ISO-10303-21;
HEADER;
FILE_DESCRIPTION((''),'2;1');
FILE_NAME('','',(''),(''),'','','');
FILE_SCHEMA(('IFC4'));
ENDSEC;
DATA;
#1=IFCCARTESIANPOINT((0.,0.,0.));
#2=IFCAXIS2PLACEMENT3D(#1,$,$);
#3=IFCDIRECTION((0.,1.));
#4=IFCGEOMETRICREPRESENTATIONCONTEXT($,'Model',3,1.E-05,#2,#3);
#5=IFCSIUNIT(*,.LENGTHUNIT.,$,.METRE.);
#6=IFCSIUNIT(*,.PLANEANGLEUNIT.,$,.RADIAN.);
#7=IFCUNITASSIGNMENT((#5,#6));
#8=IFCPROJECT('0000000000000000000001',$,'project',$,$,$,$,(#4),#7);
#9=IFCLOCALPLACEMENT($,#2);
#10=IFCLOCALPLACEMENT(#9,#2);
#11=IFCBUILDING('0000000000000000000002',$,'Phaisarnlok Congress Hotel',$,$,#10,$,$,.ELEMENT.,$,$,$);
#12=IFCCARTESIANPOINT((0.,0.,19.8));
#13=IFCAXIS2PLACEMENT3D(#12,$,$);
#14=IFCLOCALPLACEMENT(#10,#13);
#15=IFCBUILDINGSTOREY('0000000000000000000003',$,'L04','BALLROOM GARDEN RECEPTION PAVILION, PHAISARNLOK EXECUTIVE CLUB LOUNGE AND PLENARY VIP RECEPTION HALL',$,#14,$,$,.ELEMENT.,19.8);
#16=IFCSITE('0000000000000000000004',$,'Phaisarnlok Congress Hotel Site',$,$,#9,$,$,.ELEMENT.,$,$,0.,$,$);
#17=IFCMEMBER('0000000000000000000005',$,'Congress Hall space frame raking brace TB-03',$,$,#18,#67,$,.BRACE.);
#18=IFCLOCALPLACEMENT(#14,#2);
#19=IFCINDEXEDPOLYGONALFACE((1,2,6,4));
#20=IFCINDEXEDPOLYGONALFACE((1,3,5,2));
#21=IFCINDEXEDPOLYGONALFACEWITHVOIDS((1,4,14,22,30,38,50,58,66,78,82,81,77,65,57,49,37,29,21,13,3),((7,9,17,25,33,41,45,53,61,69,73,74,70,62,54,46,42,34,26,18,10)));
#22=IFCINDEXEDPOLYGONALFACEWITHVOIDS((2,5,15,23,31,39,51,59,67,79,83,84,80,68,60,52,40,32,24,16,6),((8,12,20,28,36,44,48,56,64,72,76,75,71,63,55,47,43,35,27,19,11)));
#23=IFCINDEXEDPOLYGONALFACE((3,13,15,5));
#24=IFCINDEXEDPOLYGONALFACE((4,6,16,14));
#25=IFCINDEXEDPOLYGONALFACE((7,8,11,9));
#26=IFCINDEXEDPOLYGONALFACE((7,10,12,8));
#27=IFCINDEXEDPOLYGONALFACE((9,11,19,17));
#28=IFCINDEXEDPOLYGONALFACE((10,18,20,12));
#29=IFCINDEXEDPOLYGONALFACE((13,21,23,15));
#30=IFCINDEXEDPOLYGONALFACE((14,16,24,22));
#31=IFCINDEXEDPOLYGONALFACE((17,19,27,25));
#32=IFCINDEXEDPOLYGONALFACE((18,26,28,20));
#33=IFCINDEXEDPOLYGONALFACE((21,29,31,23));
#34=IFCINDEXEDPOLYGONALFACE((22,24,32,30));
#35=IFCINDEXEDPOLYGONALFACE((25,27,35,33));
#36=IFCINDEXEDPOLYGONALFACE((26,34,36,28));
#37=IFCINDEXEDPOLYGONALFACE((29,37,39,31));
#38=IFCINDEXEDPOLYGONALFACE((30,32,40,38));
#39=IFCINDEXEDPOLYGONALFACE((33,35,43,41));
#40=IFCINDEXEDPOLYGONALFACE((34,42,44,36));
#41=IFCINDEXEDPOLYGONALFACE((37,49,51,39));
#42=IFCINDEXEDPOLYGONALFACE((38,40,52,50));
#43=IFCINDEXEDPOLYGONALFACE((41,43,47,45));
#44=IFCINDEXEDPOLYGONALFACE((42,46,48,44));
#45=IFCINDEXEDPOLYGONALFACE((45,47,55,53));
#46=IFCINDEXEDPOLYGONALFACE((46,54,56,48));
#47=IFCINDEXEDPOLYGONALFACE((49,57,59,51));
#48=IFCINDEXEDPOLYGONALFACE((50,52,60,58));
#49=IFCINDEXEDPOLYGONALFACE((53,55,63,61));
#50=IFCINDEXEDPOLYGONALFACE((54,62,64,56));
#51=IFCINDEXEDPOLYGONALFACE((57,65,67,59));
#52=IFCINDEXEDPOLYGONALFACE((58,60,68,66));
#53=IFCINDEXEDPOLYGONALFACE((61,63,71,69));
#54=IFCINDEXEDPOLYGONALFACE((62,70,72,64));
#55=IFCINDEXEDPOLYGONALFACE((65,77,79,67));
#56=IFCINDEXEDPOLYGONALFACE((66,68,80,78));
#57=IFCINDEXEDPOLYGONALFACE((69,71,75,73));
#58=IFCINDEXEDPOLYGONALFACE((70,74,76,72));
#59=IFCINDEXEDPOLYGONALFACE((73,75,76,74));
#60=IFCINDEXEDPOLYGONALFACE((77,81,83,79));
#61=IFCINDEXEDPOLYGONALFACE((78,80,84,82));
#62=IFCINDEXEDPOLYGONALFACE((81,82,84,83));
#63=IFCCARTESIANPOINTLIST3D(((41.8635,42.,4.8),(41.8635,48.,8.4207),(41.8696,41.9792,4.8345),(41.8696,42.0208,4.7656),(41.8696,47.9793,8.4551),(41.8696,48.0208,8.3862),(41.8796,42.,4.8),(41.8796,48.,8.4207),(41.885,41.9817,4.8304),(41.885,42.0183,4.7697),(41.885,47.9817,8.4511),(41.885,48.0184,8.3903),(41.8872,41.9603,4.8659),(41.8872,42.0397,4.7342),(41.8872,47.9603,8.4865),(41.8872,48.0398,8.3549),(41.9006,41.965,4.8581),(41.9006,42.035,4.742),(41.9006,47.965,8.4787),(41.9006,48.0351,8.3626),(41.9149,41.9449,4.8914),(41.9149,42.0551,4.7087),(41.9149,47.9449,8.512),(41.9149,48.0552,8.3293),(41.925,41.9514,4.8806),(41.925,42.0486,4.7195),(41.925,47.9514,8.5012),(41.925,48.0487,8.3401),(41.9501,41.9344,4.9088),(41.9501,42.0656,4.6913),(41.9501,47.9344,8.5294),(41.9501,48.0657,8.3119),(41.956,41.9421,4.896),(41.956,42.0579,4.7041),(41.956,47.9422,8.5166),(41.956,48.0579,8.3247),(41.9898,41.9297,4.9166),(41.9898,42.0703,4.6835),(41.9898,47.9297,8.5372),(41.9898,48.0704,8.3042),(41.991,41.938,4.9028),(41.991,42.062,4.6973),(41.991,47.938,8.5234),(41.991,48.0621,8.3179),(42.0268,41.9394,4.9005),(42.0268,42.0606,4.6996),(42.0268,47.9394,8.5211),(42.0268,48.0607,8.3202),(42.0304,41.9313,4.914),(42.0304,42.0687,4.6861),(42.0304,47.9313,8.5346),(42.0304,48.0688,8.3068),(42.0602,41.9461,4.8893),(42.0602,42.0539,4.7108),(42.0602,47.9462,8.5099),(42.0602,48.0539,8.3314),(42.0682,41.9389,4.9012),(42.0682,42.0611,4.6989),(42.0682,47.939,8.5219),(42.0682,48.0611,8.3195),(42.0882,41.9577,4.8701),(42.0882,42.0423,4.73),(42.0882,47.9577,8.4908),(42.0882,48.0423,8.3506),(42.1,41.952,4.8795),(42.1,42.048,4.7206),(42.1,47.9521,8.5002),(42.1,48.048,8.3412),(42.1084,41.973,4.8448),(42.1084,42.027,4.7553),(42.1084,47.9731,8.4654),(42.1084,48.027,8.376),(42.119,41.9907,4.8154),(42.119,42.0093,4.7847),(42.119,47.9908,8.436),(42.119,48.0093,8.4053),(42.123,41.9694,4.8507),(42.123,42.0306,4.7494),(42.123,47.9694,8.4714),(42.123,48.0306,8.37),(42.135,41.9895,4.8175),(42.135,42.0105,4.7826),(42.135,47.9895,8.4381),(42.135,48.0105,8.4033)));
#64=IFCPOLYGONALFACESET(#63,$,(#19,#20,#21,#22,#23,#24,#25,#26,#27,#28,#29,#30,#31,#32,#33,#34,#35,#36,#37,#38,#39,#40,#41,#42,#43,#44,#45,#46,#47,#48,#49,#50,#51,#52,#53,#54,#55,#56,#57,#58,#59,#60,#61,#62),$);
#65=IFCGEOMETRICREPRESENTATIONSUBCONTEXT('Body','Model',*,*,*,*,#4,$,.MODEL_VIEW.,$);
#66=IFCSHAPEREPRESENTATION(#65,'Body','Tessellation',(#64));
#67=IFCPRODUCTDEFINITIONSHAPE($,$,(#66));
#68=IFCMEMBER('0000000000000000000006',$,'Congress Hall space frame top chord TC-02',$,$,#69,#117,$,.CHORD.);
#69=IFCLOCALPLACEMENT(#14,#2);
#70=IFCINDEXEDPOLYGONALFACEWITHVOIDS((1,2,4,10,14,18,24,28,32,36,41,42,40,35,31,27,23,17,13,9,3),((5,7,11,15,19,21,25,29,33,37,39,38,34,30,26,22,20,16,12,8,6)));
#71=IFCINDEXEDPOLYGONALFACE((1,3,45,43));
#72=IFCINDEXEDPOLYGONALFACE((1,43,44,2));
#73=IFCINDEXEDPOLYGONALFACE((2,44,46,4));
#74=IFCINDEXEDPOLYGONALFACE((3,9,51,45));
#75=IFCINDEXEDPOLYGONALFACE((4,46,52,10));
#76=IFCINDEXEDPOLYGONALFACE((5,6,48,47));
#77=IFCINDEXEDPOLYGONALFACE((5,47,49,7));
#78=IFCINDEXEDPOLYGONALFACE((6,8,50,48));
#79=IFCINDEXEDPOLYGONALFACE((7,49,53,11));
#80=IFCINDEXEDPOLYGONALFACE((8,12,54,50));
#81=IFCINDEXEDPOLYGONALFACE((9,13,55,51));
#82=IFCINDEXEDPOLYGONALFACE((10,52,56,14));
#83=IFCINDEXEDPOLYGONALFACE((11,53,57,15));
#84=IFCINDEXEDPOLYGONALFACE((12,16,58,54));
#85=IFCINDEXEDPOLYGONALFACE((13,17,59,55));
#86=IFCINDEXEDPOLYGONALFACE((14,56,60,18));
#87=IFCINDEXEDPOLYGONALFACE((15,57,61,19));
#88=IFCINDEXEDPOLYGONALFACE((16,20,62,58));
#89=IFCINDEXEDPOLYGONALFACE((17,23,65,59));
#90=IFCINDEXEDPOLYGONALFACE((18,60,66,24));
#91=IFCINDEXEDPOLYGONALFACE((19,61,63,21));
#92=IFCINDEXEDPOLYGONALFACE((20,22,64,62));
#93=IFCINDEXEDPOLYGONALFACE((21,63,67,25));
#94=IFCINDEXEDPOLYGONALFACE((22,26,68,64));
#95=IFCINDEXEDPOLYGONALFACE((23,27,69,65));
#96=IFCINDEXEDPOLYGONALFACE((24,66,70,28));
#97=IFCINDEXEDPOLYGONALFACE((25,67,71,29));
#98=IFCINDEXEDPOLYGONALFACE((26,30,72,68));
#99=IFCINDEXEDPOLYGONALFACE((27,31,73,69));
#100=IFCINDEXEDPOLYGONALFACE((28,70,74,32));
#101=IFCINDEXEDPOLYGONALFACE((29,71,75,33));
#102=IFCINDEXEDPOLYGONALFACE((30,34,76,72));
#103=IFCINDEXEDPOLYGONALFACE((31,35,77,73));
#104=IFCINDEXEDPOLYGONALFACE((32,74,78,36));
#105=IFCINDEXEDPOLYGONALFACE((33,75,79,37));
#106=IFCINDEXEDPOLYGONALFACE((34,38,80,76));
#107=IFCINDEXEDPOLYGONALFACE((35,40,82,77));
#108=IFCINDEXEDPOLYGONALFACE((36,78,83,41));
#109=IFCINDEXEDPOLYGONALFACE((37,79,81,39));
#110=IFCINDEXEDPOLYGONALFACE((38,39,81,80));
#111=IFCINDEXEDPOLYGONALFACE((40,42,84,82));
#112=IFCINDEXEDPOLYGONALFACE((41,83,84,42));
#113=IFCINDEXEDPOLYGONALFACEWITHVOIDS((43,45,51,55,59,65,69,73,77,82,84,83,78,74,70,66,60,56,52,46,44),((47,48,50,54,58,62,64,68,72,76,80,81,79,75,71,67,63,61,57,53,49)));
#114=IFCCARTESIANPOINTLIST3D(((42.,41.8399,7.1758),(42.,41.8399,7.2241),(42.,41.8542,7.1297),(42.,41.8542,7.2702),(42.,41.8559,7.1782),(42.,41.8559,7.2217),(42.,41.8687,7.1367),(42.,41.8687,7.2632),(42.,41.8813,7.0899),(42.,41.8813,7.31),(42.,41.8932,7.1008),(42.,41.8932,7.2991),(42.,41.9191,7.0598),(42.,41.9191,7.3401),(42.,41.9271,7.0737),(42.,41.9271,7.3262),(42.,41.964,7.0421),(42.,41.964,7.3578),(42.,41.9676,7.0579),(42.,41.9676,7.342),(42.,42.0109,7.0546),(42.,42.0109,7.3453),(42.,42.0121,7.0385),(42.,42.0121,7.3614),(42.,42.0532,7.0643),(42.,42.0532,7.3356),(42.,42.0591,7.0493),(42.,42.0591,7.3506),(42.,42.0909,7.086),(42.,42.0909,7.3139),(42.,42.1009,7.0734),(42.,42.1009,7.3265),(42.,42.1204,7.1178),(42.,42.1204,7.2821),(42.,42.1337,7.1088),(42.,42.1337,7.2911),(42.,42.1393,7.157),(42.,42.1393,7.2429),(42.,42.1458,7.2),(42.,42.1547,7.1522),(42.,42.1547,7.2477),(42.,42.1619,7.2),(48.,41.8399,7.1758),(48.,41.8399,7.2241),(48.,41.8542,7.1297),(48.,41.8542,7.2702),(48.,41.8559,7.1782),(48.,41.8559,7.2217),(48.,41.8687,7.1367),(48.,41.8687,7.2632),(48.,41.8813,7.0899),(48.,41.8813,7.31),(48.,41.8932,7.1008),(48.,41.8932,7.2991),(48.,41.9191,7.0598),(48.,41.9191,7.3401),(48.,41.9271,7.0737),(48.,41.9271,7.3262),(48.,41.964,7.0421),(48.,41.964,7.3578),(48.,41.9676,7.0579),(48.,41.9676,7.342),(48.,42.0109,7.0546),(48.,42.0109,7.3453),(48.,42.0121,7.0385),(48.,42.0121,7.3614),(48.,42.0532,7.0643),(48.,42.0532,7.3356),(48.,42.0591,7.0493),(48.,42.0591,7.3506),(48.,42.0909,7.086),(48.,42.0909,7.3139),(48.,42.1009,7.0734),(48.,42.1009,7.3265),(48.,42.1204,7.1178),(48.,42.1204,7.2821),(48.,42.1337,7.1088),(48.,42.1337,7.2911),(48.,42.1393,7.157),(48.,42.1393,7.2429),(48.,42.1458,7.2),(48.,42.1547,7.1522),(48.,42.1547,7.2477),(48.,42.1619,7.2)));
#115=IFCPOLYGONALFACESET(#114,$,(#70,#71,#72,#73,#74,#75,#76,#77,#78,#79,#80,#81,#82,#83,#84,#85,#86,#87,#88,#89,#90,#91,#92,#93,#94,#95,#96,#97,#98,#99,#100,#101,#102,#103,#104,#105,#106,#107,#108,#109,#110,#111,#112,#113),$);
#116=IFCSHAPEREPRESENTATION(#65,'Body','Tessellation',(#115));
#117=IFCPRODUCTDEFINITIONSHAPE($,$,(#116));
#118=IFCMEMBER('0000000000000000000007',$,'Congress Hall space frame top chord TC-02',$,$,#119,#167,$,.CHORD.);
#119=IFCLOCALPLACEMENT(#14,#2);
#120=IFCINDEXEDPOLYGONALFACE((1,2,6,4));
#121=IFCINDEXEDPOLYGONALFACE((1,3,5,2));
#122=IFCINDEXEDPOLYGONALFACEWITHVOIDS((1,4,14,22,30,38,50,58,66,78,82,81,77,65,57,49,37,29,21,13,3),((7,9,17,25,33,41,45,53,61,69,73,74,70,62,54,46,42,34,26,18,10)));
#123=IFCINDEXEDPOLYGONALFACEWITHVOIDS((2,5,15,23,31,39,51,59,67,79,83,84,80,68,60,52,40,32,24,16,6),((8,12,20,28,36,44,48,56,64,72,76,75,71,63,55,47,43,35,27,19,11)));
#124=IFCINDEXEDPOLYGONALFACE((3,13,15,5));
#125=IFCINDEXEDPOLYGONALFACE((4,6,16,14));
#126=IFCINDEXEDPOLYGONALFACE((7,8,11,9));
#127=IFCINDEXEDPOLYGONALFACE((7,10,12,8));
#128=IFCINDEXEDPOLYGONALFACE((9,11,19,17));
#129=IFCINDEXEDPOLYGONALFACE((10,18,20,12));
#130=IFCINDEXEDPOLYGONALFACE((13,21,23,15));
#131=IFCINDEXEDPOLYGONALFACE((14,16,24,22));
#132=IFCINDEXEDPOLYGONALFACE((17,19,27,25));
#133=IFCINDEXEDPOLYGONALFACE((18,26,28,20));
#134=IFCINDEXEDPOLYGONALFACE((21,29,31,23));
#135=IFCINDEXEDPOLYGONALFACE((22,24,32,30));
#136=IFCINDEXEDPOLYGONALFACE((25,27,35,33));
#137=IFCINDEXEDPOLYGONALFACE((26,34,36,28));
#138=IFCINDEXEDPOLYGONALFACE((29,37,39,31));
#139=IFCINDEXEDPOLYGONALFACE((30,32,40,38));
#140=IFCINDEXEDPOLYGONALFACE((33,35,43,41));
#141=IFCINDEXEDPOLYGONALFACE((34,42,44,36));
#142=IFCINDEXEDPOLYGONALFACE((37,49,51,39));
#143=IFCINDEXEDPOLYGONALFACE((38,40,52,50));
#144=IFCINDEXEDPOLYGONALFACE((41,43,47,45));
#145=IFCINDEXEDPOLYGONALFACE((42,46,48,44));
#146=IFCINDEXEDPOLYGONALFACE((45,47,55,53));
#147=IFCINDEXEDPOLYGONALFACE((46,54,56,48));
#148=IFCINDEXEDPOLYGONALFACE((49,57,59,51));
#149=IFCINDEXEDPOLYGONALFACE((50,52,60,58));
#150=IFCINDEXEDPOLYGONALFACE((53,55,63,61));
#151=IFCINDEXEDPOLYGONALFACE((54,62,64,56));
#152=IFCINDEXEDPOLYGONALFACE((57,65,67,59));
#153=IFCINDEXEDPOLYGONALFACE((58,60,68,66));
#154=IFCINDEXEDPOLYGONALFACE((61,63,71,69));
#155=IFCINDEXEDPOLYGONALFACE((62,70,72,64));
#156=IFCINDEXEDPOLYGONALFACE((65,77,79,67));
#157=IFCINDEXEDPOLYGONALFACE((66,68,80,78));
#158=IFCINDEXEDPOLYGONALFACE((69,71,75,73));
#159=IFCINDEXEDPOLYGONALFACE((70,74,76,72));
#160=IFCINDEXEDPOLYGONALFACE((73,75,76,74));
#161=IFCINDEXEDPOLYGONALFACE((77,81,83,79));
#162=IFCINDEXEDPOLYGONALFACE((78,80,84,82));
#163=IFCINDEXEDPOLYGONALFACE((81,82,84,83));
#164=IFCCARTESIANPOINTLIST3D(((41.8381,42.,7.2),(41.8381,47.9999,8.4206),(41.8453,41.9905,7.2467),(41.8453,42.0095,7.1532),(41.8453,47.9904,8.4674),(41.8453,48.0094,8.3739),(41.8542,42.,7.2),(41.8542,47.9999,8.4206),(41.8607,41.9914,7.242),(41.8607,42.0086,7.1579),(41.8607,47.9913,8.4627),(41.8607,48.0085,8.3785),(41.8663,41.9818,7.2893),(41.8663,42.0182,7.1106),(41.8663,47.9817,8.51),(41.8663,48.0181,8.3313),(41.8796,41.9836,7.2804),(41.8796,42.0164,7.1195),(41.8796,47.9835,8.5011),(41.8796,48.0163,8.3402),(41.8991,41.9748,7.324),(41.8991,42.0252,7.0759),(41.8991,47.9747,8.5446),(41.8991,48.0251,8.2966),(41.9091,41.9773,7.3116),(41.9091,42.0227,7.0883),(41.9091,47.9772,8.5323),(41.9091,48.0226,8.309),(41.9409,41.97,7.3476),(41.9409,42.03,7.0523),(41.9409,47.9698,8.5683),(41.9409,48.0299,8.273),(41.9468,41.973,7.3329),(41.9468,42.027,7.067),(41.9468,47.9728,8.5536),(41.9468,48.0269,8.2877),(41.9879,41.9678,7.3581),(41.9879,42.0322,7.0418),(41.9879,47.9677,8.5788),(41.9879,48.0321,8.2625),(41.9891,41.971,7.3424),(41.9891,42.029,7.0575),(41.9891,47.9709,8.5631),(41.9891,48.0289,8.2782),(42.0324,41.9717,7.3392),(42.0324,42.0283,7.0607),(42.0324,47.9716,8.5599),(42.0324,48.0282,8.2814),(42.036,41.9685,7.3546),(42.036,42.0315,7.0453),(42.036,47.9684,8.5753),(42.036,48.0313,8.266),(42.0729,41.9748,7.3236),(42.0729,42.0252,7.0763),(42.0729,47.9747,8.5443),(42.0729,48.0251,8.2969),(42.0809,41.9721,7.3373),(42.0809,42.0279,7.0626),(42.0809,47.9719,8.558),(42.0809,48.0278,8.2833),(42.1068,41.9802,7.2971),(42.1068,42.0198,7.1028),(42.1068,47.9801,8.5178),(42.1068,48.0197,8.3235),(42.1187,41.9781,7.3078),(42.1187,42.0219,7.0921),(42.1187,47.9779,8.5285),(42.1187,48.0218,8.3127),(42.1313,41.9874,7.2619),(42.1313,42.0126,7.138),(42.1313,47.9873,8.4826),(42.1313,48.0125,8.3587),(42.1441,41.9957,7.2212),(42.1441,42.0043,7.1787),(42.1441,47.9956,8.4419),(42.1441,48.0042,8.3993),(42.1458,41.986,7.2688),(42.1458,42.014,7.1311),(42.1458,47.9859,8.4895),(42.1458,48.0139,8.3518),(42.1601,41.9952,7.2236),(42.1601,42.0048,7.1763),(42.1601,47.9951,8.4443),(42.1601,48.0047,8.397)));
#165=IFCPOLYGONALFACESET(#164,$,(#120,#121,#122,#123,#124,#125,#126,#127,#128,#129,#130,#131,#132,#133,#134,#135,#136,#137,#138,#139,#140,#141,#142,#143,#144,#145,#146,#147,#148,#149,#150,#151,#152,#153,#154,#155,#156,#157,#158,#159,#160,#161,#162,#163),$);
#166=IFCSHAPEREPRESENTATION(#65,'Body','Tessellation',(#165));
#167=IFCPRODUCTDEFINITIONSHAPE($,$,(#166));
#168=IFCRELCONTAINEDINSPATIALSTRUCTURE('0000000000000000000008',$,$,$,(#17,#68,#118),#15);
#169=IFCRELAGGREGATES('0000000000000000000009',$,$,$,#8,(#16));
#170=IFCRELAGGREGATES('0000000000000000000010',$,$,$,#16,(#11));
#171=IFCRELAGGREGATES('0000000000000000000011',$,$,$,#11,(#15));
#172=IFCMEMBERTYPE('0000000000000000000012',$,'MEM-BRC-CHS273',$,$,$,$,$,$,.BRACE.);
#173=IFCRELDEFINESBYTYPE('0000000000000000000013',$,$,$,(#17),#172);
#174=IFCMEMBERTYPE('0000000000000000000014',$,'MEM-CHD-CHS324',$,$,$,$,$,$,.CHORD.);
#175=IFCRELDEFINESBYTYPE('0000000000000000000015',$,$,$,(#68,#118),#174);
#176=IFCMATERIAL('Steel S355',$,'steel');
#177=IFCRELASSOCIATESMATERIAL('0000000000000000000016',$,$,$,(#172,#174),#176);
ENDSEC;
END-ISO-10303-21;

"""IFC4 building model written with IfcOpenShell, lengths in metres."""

from ifc_helpers import new_model, si_unit, direction, frame, origin, origin_2d, place, context, subcontext, project, spatial, hollow_circle, extrude, material, material_profile, profile_set, type_object, element, save


model = new_model("IFC4")

# Units and contexts
model_context = context("Model", 3, precision=1e-05, world=origin(), true_north=direction((0.0, 1.0)))
body_context = subcontext(model_context, "Body", "Model", "MODEL_VIEW")
ifc_project = project(units=[si_unit("LENGTHUNIT", "METRE"), si_unit("PLANEANGLEUNIT", "RADIAN")], contexts=[model_context])

# Site, building, storey
site_placement = place(None, origin())
site = spatial("IfcSite", under=ifc_project, at=site_placement, Name="Phaisarnlok Congress Hotel Site", CompositionType="ELEMENT", RefElevation=0.0)
building_placement = place(site_placement, origin())
building = spatial("IfcBuilding", under=site, at=building_placement, Name="Phaisarnlok Congress Hotel", CompositionType="ELEMENT")
storey_placement = place(building_placement, frame((0.0, 0.0, 19.8)))
storey = spatial("IfcBuildingStorey", under=building, at=storey_placement, Name="L04", Description="BALLROOM GARDEN RECEPTION PAVILION, PHAISARNLOK EXECUTIVE CLUB LOUNGE AND PLENARY VIP RECEPTION HALL", CompositionType="ELEMENT", Elevation=19.8)

# Members
ifc_material_1 = material(Name="Steel S355", Category="steel")
ifc_material_profile_1 = material_profile(ifc_material_1, hollow_circle(Radius=0.1365, WallThickness=0.0161, at=origin_2d()), Name="CHS 273x16")
ifc_profile_set_1 = profile_set([ifc_material_profile_1], Name="Steel S355")
member_type_1 = type_object("IfcMemberType", Name="MEM-BRC-CHS273", PredefinedType="BRACE", material=ifc_profile_set_1)
member_1_placement = place(storey_placement, frame((42.0, 42.0, 4.8), z_axis=(0.0, 0.856193, 0.516656), x_axis=(-1.0, 0.0, 0.0)))
element("IfcMember", 1, at=member_1_placement, inside=storey, type_object=member_type_1, Name="Congress Hall space frame raking brace TB-03", PredefinedType="BRACE", context=body_context, shape_type="SweptSolid", body=[
    extrude(hollow_circle(Radius=0.1365, WallThickness=0.0161, at=origin_2d()), origin(), (0.0, 0.0, 1.0), 7.0078),
])
ifc_material_profile_2 = material_profile(ifc_material_1, hollow_circle(Radius=0.1619, WallThickness=0.0161, at=origin_2d()), Name="CHS 323.9x16")
ifc_profile_set_2 = profile_set([ifc_material_profile_2], Name="Steel S355")
member_type_2 = type_object("IfcMemberType", Name="MEM-CHD-CHS324", PredefinedType="CHORD", material=ifc_profile_set_2)
member_2_placement = place(storey_placement, frame((42.0, 42.0, 7.2), z_axis=(1.0, 0.0, 0.0), x_axis=(0.0, 1.0, 0.0)))
element("IfcMember", 2, at=member_2_placement, inside=storey, type_object=member_type_2, Name="Congress Hall space frame top chord TC-02", PredefinedType="CHORD", context=body_context, shape_type="SweptSolid", body=[
    extrude(hollow_circle(Radius=0.1619, WallThickness=0.0161, at=origin_2d()), origin(), (0.0, 0.0, 1.0), 6.0),
])
member_3_placement = place(storey_placement, frame((42.0, 42.0, 7.2), z_axis=(0.0, 0.979925, 0.199366), x_axis=(-1.0, 0.0, 0.0)))
element("IfcMember", 3, at=member_3_placement, inside=storey, type_object=member_type_2, Name="Congress Hall space frame top chord TC-02", PredefinedType="CHORD", context=body_context, shape_type="SweptSolid", body=[
    extrude(hollow_circle(Radius=0.1619, WallThickness=0.0161, at=origin_2d()), origin(), (0.0, 0.0, 1.0), 6.1228),
])

save(model, "model.ifc")
